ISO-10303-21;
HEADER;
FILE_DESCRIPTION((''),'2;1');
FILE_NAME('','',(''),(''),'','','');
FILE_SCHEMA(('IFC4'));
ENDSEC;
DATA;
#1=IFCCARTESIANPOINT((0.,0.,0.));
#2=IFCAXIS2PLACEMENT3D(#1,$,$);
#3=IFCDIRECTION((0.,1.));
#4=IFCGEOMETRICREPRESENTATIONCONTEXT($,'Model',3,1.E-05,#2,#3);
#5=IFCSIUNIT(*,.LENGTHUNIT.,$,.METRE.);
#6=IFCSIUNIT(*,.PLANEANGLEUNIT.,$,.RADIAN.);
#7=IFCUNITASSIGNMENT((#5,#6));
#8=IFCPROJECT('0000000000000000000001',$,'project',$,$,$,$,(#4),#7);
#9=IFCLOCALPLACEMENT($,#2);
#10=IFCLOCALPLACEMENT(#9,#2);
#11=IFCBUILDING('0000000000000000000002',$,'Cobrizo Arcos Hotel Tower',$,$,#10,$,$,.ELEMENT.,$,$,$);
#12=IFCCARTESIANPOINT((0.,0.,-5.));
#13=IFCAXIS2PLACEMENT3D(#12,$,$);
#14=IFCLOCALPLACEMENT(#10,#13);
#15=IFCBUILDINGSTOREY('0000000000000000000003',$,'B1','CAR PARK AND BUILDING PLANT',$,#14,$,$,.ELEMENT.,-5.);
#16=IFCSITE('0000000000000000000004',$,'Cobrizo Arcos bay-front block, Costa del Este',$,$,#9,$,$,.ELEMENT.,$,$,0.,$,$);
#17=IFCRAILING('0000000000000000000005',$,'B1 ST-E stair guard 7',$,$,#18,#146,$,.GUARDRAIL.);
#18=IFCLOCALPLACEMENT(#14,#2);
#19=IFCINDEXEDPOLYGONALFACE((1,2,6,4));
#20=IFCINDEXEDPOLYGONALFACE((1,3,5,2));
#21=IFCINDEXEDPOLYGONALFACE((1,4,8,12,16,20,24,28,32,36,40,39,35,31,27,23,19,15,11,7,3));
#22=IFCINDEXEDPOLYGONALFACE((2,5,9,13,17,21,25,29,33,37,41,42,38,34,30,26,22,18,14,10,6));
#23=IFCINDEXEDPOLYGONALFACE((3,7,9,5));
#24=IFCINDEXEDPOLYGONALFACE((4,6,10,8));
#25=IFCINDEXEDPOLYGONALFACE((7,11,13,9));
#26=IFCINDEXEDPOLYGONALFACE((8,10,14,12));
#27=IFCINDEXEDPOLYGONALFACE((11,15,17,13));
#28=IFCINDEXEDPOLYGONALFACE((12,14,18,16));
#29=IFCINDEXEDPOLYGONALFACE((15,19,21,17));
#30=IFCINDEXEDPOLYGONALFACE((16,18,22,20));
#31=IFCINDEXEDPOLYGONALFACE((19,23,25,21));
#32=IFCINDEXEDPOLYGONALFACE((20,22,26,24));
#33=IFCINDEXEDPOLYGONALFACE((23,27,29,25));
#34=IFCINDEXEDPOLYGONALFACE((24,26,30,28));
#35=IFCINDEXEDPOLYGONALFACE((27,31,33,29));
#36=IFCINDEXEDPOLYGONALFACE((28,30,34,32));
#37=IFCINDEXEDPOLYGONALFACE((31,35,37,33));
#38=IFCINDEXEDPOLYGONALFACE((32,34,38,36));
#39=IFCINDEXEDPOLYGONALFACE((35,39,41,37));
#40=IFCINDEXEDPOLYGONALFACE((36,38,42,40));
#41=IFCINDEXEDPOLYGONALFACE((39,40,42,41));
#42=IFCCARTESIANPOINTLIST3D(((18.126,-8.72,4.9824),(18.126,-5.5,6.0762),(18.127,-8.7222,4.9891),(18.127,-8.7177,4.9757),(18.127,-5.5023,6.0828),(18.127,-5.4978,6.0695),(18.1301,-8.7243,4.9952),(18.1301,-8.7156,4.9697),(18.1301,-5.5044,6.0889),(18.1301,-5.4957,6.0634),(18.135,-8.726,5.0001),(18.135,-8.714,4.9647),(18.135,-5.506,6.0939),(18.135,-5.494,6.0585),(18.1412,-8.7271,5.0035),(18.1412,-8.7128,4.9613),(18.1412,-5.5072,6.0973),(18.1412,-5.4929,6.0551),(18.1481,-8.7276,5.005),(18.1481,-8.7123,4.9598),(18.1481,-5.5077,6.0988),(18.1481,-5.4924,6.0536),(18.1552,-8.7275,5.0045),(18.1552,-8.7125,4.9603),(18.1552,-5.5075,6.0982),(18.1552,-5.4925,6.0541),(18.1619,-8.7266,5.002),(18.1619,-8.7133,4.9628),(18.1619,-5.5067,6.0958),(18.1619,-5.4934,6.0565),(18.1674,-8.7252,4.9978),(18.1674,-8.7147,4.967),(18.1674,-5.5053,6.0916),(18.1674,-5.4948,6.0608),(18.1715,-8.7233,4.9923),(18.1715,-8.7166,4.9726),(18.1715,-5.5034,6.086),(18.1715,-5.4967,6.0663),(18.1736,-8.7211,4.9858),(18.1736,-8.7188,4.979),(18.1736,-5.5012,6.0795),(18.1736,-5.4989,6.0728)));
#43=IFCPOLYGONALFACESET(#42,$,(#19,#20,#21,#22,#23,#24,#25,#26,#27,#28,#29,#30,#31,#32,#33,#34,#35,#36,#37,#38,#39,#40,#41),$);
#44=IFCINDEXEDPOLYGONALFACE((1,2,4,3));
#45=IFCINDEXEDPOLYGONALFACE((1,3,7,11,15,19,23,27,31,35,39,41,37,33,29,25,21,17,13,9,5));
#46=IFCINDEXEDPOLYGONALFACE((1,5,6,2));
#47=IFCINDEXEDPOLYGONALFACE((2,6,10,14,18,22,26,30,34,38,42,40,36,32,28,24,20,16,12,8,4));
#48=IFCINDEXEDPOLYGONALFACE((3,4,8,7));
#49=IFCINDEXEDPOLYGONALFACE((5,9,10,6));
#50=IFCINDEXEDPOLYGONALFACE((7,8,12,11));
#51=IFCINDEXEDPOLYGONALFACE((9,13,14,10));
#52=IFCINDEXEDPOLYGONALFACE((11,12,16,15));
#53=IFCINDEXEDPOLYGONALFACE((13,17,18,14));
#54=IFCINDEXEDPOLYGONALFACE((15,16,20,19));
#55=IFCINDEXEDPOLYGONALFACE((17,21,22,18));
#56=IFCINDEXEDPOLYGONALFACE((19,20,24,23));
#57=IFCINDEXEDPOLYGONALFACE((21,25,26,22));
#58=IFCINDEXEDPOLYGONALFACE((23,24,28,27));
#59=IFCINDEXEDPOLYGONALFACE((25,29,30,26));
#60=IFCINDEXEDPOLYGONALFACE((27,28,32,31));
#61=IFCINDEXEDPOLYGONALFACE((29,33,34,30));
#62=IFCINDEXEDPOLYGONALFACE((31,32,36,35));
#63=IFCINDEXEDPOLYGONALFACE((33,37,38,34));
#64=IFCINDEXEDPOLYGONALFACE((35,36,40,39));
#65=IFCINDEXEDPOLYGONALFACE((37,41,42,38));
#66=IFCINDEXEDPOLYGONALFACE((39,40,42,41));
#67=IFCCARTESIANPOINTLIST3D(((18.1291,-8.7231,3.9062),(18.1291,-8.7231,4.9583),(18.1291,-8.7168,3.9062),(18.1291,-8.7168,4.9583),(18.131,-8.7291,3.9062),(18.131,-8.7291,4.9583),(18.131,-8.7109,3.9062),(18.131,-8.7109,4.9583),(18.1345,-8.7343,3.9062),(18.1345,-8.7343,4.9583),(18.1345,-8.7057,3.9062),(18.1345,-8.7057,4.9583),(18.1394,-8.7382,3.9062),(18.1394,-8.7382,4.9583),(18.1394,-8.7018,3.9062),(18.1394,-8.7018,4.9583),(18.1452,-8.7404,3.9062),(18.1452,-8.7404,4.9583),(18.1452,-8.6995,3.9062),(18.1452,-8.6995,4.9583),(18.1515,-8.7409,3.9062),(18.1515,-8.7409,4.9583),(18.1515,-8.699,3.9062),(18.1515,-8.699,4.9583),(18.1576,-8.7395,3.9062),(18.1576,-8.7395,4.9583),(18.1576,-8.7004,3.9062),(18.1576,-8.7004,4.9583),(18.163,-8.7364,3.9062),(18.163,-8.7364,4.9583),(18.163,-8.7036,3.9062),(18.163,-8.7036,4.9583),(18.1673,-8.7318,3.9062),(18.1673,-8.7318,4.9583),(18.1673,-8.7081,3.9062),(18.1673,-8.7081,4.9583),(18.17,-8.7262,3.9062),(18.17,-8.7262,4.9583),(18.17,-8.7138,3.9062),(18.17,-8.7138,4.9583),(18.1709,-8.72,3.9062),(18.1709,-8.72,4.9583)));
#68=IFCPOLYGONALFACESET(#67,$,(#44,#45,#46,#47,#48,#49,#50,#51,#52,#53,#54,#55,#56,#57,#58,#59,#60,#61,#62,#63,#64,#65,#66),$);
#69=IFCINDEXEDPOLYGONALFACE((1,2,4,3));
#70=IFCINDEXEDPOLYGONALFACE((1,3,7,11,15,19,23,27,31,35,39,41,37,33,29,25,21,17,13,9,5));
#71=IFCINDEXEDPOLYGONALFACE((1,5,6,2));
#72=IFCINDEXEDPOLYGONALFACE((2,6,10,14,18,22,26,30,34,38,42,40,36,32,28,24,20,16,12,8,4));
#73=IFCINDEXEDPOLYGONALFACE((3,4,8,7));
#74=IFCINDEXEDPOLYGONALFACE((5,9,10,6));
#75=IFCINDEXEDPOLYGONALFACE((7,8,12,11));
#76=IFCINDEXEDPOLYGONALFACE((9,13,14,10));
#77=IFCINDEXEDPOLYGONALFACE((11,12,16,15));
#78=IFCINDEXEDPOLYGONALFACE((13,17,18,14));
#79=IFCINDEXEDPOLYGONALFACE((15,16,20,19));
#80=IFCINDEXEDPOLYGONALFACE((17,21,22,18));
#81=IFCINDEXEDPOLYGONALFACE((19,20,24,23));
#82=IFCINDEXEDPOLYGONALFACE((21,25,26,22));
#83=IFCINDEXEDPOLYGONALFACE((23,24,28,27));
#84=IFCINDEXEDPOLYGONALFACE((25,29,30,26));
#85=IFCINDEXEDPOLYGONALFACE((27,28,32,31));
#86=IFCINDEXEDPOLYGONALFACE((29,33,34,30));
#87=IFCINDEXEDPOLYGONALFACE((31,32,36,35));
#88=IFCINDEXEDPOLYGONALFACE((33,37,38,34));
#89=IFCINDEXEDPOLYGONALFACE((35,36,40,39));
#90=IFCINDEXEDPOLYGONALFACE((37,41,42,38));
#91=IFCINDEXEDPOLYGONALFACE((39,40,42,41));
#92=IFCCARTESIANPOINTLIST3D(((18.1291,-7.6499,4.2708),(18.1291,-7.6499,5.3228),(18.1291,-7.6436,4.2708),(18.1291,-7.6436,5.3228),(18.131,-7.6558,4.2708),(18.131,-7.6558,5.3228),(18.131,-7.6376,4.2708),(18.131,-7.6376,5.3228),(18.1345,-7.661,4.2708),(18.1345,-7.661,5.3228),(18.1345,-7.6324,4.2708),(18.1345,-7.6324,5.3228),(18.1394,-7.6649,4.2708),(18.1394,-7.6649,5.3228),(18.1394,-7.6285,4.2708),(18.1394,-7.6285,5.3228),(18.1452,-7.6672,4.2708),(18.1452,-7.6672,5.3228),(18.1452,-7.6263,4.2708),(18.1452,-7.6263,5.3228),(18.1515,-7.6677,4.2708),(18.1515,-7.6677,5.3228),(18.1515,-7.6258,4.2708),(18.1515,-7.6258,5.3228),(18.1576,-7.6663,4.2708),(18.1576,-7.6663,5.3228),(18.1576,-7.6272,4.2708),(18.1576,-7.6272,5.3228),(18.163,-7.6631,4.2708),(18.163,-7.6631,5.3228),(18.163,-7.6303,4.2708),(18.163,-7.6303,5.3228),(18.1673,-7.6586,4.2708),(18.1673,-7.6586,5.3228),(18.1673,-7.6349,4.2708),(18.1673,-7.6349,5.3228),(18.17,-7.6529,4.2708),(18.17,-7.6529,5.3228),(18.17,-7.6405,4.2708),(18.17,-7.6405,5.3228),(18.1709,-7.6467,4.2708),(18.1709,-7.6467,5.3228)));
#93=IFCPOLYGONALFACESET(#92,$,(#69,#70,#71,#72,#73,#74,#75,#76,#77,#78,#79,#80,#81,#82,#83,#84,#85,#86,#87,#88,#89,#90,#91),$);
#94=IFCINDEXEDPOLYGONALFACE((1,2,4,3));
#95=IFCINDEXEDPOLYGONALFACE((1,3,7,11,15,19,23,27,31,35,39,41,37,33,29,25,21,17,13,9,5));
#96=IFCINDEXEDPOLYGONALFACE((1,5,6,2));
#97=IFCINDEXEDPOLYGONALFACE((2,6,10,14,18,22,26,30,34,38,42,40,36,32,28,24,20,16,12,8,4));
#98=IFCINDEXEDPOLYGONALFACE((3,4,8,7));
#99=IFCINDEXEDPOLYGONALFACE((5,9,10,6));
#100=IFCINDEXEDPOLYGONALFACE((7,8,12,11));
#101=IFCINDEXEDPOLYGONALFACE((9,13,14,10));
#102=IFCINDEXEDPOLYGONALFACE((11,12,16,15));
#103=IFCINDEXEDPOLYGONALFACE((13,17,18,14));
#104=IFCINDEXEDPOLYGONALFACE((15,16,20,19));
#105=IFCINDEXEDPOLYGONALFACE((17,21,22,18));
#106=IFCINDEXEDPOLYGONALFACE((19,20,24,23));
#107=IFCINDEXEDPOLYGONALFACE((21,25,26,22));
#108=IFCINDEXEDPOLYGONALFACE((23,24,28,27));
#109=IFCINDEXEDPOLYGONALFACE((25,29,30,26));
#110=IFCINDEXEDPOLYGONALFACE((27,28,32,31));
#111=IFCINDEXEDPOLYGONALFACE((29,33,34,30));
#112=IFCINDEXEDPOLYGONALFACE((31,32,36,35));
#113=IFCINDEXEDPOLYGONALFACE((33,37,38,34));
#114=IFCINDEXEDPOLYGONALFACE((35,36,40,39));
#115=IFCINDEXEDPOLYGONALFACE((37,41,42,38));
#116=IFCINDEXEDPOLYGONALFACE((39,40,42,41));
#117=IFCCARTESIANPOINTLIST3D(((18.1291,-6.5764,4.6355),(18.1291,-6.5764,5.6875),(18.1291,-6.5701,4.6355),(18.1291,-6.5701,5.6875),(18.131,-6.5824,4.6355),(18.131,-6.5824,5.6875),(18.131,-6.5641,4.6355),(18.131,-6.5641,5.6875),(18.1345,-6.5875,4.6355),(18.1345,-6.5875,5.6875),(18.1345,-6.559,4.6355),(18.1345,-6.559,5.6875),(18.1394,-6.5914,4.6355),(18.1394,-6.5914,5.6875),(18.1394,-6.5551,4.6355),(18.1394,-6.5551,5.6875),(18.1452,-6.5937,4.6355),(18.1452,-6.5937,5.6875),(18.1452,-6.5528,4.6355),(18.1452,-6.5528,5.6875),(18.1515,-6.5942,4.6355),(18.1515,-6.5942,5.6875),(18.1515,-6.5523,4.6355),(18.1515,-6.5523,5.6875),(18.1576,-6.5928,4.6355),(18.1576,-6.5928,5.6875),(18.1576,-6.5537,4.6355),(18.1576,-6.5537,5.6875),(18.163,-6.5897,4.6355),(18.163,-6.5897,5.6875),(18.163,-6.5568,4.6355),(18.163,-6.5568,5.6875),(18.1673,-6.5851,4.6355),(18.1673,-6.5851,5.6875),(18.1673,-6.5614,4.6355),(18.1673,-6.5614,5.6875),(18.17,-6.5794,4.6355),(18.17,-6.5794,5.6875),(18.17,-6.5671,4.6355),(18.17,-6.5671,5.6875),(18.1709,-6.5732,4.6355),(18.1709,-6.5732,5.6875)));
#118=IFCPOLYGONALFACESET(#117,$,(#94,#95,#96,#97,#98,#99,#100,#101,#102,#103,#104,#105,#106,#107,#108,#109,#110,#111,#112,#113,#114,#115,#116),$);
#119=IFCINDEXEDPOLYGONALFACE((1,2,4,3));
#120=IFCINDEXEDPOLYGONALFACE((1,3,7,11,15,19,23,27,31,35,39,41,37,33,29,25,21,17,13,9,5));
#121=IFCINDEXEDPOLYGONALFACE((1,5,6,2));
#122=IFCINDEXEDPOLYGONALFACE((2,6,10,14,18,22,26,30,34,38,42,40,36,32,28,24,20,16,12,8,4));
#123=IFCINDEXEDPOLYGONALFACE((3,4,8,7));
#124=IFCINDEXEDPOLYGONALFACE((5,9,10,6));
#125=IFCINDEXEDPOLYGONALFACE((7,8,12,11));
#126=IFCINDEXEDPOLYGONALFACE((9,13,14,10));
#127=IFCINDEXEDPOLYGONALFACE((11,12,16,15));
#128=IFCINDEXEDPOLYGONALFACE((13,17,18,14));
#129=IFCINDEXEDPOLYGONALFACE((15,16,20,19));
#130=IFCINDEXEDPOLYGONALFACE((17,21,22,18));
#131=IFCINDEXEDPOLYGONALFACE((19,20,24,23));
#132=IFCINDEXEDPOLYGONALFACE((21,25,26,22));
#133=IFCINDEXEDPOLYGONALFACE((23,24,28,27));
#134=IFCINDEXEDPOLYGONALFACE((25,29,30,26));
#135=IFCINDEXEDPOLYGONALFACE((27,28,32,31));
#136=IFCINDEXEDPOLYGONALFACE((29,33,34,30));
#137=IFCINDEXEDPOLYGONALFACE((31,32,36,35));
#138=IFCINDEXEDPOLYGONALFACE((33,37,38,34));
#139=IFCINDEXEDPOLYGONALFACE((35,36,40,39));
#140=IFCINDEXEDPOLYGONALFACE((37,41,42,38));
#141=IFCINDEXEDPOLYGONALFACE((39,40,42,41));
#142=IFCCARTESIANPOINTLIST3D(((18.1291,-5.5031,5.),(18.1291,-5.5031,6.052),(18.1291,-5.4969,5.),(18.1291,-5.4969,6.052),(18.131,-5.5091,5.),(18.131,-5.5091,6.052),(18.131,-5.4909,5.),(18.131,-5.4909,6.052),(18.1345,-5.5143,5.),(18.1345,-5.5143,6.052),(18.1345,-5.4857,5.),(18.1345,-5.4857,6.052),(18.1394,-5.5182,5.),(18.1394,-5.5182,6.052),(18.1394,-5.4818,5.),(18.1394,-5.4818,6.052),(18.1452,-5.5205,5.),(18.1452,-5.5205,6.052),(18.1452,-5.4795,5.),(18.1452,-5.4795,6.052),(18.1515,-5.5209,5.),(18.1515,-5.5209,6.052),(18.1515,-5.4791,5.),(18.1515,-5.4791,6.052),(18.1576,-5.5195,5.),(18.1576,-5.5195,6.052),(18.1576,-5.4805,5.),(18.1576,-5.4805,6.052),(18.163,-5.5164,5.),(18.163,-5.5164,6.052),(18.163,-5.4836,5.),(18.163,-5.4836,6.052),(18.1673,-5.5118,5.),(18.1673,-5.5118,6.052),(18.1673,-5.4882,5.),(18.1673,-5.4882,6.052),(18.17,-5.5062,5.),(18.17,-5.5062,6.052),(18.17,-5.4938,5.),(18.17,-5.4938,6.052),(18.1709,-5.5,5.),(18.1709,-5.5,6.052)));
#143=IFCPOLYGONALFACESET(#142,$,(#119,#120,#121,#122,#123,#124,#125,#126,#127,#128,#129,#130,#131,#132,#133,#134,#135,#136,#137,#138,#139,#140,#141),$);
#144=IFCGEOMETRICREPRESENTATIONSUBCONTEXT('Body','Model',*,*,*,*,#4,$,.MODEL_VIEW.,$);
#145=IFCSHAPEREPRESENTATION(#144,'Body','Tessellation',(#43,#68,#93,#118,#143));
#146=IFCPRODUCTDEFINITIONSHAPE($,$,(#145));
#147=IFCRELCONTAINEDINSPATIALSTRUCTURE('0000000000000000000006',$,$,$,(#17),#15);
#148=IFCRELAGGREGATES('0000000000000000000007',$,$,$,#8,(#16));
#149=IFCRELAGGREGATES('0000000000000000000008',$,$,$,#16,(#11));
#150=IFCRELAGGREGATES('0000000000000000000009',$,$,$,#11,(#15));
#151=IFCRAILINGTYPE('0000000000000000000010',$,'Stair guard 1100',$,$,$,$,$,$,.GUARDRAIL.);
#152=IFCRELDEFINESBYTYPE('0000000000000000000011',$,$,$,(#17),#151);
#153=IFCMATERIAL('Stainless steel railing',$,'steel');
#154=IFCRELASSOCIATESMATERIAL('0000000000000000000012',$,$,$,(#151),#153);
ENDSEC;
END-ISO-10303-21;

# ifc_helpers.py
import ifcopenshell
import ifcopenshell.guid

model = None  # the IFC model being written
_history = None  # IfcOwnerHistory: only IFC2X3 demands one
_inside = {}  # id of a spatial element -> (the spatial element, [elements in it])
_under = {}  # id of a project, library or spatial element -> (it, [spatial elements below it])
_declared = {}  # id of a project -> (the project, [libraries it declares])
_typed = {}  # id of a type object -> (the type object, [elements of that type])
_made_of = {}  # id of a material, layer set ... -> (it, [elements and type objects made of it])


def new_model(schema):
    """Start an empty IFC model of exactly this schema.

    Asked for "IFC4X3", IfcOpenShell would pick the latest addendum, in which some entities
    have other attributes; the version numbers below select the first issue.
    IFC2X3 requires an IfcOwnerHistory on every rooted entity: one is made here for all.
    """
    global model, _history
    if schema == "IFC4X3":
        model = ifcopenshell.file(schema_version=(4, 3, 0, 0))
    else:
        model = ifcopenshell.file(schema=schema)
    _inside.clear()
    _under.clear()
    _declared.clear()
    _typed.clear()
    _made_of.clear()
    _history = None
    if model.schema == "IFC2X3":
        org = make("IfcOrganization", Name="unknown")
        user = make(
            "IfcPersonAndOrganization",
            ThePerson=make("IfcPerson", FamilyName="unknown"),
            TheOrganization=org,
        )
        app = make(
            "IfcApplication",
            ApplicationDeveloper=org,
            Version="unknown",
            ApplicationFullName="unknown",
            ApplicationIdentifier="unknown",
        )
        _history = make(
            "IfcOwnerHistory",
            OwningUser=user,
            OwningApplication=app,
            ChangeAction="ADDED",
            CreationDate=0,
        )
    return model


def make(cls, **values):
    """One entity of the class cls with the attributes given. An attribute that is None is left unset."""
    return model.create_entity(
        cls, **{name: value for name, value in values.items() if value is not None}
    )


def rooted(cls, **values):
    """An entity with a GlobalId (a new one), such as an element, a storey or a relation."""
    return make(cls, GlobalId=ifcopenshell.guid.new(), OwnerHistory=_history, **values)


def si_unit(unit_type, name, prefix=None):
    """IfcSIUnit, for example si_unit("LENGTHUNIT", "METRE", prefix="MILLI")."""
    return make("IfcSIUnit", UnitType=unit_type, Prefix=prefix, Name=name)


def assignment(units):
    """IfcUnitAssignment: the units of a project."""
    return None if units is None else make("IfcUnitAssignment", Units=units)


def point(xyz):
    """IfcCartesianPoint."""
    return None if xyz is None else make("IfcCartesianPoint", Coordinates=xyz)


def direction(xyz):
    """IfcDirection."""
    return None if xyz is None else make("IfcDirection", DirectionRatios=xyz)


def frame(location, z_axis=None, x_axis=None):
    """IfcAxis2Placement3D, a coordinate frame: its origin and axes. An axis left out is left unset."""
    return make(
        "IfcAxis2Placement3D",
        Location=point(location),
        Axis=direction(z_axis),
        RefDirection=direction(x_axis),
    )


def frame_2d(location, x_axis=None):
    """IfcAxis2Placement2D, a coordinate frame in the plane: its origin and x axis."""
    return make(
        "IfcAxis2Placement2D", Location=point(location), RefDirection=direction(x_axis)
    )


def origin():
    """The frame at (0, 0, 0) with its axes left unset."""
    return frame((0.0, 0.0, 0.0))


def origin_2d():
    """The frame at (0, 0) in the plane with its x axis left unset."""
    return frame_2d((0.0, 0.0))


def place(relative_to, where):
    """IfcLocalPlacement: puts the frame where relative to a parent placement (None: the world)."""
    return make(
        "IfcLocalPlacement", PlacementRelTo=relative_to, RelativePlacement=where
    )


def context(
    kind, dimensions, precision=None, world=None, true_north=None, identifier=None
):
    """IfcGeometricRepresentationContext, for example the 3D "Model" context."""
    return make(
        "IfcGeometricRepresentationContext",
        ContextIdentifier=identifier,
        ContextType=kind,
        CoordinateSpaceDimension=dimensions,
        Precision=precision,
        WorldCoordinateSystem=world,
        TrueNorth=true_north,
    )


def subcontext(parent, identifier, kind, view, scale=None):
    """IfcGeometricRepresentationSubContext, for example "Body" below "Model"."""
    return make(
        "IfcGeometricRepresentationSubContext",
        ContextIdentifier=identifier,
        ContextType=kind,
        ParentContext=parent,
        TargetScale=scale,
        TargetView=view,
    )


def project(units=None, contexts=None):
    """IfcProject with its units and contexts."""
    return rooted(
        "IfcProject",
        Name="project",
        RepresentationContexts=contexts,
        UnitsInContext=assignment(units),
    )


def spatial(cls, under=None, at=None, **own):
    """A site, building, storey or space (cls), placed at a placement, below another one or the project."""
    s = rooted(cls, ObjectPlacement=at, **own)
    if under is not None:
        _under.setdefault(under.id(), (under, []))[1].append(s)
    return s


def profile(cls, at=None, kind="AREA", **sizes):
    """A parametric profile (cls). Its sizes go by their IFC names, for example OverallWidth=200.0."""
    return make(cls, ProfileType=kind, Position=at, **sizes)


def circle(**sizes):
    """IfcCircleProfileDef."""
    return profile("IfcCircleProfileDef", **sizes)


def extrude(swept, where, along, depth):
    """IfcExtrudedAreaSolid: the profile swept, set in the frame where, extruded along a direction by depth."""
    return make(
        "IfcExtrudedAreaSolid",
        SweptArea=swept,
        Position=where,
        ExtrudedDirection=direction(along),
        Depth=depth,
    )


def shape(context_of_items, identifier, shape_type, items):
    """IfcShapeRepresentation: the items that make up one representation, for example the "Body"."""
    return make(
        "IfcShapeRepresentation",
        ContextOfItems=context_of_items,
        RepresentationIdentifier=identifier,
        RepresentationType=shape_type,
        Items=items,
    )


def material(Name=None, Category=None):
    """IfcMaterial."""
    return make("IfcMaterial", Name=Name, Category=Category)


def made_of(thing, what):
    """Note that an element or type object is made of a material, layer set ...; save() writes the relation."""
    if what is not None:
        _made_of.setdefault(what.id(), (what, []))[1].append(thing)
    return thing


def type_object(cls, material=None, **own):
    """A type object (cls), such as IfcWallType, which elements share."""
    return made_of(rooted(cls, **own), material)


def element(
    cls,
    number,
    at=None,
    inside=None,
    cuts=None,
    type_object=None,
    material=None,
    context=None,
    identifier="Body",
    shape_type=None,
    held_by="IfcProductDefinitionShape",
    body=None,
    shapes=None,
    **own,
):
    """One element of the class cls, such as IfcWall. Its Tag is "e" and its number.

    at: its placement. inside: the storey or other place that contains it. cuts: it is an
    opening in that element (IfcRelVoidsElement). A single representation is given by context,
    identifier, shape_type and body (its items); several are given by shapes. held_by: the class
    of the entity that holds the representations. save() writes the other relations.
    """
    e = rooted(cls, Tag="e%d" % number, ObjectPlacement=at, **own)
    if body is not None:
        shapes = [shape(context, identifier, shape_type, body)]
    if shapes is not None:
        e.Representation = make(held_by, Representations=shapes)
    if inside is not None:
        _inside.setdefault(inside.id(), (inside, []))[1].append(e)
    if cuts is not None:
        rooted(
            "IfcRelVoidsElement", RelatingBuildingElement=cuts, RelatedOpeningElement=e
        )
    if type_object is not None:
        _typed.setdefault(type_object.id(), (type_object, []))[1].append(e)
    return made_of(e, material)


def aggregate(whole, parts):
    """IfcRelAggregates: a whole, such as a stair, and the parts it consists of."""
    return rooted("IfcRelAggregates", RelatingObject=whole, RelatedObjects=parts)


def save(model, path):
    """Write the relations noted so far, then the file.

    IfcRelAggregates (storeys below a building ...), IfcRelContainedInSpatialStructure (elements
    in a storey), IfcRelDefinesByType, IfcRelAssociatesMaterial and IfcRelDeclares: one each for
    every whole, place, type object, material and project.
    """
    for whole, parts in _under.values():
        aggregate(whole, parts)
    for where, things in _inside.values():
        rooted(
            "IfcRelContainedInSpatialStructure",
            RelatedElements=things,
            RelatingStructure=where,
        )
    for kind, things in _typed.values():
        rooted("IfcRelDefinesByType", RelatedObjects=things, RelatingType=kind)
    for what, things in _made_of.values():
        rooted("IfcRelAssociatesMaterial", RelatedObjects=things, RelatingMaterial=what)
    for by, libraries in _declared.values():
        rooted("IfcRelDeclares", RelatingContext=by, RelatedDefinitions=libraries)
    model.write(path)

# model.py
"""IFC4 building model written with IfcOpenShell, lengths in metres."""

from ifc_helpers import new_model, si_unit, direction, frame, origin, origin_2d, place, context, subcontext, project, spatial, circle, extrude, material, type_object, element, save


model = new_model("IFC4")

# Units and contexts
model_context = context("Model", 3, precision=1e-05, world=origin(), true_north=direction((0.0, 1.0)))
body_context = subcontext(model_context, "Body", "Model", "MODEL_VIEW")
ifc_project = project(units=[si_unit("LENGTHUNIT", "METRE"), si_unit("PLANEANGLEUNIT", "RADIAN")], contexts=[model_context])

# Site, building, storey
site_placement = place(None, origin())
site = spatial("IfcSite", under=ifc_project, at=site_placement, Name="Cobrizo Arcos bay-front block, Costa del Este", CompositionType="ELEMENT", RefElevation=0.0)
building_placement = place(site_placement, origin())
building = spatial("IfcBuilding", under=site, at=building_placement, Name="Cobrizo Arcos Hotel Tower", CompositionType="ELEMENT")
storey_placement = place(building_placement, frame((0.0, 0.0, -5.0)))
storey = spatial("IfcBuildingStorey", under=building, at=storey_placement, Name="B1", Description="CAR PARK AND BUILDING PLANT", CompositionType="ELEMENT", Elevation=-5.0)

# Railing
ifc_material_1 = material(Name="Stainless steel railing", Category="steel")
railing_type_1 = type_object("IfcRailingType", Name="Stair guard 1100", PredefinedType="GUARDRAIL", material=ifc_material_1)
railing_1_placement = place(storey_placement, frame((18.1499, -8.72, 3.9062)))
element("IfcRailing", 1, at=railing_1_placement, inside=storey, type_object=railing_type_1, Name="B1 ST-E stair guard 7", PredefinedType="GUARDRAIL", context=body_context, shape_type="SweptSolid", body=[
    extrude(circle(Radius=0.0239, at=origin_2d()), frame((0.0, 0.0, 1.0762), z_axis=(0.0, 0.946866, 0.321629), x_axis=(-1.0, 0.0, 0.0)), (0.0, 0.0, 1.0), 3.4006),
    extrude(circle(Radius=0.021, at=origin_2d()), origin(), (0.0, 0.0, 1.0), 1.052),
    extrude(circle(Radius=0.021, at=origin_2d()), frame((0.0, 1.0732, 0.3645)), (0.0, 0.0, 1.0), 1.052),
    extrude(circle(Radius=0.021, at=origin_2d()), frame((0.0, 2.1467, 0.7292)), (0.0, 0.0, 1.0), 1.052),
    extrude(circle(Radius=0.021, at=origin_2d()), frame((0.0, 3.22, 1.0938)), (0.0, 0.0, 1.0), 1.052),
])

save(model, "model.ifc")
